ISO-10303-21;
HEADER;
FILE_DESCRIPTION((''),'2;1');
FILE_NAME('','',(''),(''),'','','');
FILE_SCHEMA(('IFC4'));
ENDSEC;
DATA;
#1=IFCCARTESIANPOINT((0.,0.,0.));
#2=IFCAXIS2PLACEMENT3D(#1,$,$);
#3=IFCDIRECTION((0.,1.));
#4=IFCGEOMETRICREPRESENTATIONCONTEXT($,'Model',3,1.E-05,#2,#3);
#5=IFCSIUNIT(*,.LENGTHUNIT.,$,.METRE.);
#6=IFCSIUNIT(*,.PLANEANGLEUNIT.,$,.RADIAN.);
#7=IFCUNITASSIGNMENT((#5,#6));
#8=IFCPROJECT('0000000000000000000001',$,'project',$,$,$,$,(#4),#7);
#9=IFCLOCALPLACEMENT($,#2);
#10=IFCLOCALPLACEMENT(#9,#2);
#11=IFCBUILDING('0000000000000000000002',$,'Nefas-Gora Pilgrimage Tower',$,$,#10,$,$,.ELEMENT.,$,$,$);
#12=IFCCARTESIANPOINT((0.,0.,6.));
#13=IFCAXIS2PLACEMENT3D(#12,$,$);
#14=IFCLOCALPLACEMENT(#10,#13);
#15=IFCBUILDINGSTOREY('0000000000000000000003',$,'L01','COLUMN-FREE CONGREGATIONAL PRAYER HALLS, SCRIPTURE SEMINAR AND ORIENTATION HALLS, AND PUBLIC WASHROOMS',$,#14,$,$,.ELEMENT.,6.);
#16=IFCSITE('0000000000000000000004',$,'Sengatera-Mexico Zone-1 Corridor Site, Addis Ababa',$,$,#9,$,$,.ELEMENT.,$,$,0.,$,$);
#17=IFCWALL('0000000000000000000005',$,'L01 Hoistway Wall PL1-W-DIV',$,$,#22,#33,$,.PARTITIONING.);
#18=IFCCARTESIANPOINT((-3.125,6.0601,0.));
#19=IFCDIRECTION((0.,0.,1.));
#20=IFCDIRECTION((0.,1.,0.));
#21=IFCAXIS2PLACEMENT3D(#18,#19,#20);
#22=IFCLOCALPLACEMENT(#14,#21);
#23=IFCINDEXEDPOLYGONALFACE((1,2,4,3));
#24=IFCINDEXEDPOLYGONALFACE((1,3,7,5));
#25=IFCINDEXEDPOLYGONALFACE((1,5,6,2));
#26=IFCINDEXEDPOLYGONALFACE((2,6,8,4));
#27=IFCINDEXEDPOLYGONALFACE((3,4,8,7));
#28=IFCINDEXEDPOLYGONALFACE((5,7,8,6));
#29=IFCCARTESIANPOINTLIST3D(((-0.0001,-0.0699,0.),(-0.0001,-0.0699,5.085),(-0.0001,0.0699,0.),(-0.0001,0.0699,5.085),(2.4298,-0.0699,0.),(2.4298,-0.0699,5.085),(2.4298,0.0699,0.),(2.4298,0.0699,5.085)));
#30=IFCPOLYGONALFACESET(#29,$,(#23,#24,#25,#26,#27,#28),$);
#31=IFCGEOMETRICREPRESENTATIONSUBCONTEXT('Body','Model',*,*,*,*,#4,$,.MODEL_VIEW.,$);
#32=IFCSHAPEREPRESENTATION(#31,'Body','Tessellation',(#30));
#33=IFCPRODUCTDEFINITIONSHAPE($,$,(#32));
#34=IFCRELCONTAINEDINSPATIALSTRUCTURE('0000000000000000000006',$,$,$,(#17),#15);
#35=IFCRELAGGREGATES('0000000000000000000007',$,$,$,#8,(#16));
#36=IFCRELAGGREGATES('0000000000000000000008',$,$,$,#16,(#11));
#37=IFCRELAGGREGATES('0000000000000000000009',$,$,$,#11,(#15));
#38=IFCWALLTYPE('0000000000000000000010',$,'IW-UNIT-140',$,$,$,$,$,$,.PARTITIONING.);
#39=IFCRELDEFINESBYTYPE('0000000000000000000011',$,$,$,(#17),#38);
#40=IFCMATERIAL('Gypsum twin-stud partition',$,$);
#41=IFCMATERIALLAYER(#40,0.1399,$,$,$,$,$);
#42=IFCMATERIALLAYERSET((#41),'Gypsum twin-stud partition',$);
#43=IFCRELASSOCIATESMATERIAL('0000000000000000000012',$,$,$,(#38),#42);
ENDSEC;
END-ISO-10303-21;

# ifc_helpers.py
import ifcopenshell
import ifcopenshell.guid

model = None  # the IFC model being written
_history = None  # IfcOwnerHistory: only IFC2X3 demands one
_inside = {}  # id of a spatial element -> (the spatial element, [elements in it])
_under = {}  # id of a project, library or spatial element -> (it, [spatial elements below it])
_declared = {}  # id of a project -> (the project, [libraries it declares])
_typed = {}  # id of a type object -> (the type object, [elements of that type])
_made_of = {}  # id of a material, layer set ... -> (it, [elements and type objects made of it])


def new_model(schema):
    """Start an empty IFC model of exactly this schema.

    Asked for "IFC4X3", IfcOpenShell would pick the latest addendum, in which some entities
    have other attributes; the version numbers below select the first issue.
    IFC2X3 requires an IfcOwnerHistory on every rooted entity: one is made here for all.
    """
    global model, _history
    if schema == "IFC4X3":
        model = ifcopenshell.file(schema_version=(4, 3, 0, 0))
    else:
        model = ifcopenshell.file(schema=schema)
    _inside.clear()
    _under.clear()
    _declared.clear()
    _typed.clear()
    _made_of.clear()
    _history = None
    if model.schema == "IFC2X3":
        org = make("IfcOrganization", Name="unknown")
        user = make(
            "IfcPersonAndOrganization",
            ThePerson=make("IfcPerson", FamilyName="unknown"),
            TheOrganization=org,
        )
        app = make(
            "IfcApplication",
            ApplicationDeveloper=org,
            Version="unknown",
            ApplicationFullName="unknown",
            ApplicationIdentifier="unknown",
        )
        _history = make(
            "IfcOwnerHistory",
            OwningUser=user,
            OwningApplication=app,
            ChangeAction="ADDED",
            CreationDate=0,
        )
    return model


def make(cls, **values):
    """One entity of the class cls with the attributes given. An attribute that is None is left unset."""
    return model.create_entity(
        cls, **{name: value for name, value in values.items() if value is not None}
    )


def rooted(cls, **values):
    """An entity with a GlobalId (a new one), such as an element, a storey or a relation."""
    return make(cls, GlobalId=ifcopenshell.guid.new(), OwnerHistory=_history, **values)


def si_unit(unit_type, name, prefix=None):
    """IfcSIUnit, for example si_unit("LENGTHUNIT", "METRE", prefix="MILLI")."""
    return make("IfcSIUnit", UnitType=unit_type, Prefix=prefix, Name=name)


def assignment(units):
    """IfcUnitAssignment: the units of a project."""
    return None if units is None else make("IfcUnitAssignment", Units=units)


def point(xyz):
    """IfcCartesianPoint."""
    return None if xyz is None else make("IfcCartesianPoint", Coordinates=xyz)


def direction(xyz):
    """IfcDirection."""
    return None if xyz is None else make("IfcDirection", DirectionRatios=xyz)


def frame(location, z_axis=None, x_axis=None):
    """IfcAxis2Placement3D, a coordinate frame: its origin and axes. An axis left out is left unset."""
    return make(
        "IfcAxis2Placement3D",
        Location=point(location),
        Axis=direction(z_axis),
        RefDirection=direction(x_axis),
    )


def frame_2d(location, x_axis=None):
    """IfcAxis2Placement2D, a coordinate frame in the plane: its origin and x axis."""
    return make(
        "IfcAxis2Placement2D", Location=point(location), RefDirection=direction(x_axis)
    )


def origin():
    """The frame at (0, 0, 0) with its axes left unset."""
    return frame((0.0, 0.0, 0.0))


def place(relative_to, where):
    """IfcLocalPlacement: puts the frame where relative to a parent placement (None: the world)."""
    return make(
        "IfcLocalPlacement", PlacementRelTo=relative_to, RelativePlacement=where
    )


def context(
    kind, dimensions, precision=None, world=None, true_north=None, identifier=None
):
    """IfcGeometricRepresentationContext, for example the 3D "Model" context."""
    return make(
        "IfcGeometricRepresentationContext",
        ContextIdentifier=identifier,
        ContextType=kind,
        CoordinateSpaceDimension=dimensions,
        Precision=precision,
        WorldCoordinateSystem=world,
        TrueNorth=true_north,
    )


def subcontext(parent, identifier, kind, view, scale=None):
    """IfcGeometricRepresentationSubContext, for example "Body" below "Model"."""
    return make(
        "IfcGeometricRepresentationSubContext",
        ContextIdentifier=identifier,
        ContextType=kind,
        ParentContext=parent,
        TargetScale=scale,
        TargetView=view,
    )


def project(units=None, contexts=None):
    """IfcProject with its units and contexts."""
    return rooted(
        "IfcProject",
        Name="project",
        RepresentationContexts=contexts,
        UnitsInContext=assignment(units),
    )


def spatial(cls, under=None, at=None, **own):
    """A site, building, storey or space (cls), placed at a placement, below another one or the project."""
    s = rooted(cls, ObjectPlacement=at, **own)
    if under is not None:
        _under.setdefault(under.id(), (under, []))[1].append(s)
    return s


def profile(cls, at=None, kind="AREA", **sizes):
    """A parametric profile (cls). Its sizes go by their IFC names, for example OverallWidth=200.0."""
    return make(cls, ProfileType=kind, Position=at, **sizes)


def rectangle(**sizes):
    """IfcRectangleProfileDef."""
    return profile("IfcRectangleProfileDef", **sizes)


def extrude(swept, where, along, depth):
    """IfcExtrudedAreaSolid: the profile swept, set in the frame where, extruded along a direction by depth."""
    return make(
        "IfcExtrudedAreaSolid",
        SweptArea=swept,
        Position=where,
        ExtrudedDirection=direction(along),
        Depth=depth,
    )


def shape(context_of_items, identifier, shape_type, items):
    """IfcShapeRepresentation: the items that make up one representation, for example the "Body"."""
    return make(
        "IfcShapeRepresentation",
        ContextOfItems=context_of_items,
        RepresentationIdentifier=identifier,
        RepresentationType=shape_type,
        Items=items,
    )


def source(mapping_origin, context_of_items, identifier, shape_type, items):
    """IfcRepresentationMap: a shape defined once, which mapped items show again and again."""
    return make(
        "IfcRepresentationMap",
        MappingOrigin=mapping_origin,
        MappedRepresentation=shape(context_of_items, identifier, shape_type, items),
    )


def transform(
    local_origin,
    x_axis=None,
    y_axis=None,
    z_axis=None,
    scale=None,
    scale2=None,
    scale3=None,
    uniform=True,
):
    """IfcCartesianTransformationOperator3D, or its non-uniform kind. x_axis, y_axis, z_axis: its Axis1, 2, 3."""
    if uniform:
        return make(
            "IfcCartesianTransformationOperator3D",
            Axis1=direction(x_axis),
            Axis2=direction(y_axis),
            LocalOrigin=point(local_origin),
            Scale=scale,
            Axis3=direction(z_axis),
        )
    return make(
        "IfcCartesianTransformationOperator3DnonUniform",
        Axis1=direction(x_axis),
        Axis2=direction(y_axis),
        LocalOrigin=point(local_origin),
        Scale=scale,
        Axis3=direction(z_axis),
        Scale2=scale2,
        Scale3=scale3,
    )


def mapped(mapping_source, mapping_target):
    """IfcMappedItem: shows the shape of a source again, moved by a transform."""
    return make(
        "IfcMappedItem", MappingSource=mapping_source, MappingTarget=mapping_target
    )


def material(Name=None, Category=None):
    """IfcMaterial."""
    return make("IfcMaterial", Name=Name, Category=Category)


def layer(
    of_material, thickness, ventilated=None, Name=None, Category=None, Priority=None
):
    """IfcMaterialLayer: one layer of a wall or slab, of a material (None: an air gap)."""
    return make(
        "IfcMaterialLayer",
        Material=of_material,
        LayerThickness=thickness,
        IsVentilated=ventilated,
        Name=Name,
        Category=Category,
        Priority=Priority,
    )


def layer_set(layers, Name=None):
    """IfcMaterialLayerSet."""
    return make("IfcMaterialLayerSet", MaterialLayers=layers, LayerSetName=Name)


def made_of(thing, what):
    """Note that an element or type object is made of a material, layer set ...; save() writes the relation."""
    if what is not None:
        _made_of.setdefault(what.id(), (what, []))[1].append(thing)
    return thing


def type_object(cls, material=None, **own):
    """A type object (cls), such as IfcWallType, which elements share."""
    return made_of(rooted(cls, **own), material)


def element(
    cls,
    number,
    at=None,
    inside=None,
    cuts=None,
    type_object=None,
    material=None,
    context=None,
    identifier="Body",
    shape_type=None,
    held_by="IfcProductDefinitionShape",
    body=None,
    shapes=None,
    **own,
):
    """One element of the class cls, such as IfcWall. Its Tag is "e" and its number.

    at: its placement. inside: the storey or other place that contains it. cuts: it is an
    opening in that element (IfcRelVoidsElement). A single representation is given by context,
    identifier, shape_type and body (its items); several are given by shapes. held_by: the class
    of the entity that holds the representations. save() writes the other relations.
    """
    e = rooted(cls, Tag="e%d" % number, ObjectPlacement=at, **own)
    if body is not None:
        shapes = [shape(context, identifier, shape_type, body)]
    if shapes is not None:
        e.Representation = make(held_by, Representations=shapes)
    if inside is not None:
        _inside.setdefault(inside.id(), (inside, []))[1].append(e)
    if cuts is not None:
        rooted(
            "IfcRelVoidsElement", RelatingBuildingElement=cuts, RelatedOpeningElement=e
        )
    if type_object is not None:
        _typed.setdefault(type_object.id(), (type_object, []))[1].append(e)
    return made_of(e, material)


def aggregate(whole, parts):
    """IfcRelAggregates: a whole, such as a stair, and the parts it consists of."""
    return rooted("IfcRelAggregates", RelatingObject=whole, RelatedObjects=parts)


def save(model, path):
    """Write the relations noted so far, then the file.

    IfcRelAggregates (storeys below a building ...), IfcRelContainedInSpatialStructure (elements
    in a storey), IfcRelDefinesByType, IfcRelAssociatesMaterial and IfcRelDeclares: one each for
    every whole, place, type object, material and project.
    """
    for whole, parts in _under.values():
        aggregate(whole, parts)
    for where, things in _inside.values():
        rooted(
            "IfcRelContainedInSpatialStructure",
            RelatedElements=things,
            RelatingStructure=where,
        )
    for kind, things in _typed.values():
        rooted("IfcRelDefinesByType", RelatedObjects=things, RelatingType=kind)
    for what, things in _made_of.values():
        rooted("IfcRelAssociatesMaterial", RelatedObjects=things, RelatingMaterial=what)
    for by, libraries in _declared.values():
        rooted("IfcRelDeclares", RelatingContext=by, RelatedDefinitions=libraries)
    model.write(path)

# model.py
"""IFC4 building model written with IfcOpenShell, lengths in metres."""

from ifc_helpers import new_model, si_unit, direction, frame, frame_2d, origin, place, context, subcontext, project, spatial, rectangle, extrude, source, transform, mapped, material, layer, layer_set, type_object, element, save


model = new_model("IFC4")

# Units and contexts
model_context = context("Model", 3, precision=1e-05, world=origin(), true_north=direction((0.0, 1.0)))
body_context = subcontext(model_context, "Body", "Model", "MODEL_VIEW")
ifc_project = project(units=[si_unit("LENGTHUNIT", "METRE"), si_unit("PLANEANGLEUNIT", "RADIAN")], contexts=[model_context])

# Site, building, storey
site_placement = place(None, origin())
site = spatial("IfcSite", under=ifc_project, at=site_placement, Name="Sengatera-Mexico Zone-1 Corridor Site, Addis Ababa", CompositionType="ELEMENT", RefElevation=0.0)
building_placement = place(site_placement, origin())
building = spatial("IfcBuilding", under=site, at=building_placement, Name="Nefas-Gora Pilgrimage Tower", CompositionType="ELEMENT")
storey_placement = place(building_placement, frame((0.0, 0.0, 6.0)))
storey = spatial("IfcBuildingStorey", under=building, at=storey_placement, Name="L01", Description="COLUMN-FREE CONGREGATIONAL PRAYER HALLS, SCRIPTURE SEMINAR AND ORIENTATION HALLS, AND PUBLIC WASHROOMS", CompositionType="ELEMENT", Elevation=6.0)

# Wall
ifc_material_1 = material(Name="Gypsum twin-stud partition")
ifc_layer_1 = layer(ifc_material_1, 0.1399)
ifc_layer_set_1 = layer_set([ifc_layer_1], Name="Gypsum twin-stud partition")
wall_type_1 = type_object("IfcWallType", Name="IW-UNIT-140", PredefinedType="PARTITIONING", material=ifc_layer_set_1)
shared_shape_1 = source(origin(), body_context, "Body", "SweptSolid", [
    extrude(rectangle(XDim=2.4299, YDim=0.1399, at=frame_2d((1.2148, 0.0))), origin(), (0.0, 0.0, 1.0), 5.085),
])
wall_1_placement = place(storey_placement, frame((-3.125, 6.0601, 0.0), z_axis=(0.0, 0.0, 1.0), x_axis=(0.0, 1.0, 0.0)))
element("IfcWall", 1, at=wall_1_placement, inside=storey, type_object=wall_type_1, Name="L01 Hoistway Wall PL1-W-DIV", PredefinedType="PARTITIONING", context=body_context, shape_type="MappedRepresentation", body=[
    mapped(shared_shape_1, transform((0.0, 0.0, 0.0), x_axis=(1.0, 0.0, 0.0), y_axis=(0.0, 1.0, 0.0), z_axis=(0.0, 0.0, 1.0), scale=1.0)),
])

save(model, "model.ifc")
